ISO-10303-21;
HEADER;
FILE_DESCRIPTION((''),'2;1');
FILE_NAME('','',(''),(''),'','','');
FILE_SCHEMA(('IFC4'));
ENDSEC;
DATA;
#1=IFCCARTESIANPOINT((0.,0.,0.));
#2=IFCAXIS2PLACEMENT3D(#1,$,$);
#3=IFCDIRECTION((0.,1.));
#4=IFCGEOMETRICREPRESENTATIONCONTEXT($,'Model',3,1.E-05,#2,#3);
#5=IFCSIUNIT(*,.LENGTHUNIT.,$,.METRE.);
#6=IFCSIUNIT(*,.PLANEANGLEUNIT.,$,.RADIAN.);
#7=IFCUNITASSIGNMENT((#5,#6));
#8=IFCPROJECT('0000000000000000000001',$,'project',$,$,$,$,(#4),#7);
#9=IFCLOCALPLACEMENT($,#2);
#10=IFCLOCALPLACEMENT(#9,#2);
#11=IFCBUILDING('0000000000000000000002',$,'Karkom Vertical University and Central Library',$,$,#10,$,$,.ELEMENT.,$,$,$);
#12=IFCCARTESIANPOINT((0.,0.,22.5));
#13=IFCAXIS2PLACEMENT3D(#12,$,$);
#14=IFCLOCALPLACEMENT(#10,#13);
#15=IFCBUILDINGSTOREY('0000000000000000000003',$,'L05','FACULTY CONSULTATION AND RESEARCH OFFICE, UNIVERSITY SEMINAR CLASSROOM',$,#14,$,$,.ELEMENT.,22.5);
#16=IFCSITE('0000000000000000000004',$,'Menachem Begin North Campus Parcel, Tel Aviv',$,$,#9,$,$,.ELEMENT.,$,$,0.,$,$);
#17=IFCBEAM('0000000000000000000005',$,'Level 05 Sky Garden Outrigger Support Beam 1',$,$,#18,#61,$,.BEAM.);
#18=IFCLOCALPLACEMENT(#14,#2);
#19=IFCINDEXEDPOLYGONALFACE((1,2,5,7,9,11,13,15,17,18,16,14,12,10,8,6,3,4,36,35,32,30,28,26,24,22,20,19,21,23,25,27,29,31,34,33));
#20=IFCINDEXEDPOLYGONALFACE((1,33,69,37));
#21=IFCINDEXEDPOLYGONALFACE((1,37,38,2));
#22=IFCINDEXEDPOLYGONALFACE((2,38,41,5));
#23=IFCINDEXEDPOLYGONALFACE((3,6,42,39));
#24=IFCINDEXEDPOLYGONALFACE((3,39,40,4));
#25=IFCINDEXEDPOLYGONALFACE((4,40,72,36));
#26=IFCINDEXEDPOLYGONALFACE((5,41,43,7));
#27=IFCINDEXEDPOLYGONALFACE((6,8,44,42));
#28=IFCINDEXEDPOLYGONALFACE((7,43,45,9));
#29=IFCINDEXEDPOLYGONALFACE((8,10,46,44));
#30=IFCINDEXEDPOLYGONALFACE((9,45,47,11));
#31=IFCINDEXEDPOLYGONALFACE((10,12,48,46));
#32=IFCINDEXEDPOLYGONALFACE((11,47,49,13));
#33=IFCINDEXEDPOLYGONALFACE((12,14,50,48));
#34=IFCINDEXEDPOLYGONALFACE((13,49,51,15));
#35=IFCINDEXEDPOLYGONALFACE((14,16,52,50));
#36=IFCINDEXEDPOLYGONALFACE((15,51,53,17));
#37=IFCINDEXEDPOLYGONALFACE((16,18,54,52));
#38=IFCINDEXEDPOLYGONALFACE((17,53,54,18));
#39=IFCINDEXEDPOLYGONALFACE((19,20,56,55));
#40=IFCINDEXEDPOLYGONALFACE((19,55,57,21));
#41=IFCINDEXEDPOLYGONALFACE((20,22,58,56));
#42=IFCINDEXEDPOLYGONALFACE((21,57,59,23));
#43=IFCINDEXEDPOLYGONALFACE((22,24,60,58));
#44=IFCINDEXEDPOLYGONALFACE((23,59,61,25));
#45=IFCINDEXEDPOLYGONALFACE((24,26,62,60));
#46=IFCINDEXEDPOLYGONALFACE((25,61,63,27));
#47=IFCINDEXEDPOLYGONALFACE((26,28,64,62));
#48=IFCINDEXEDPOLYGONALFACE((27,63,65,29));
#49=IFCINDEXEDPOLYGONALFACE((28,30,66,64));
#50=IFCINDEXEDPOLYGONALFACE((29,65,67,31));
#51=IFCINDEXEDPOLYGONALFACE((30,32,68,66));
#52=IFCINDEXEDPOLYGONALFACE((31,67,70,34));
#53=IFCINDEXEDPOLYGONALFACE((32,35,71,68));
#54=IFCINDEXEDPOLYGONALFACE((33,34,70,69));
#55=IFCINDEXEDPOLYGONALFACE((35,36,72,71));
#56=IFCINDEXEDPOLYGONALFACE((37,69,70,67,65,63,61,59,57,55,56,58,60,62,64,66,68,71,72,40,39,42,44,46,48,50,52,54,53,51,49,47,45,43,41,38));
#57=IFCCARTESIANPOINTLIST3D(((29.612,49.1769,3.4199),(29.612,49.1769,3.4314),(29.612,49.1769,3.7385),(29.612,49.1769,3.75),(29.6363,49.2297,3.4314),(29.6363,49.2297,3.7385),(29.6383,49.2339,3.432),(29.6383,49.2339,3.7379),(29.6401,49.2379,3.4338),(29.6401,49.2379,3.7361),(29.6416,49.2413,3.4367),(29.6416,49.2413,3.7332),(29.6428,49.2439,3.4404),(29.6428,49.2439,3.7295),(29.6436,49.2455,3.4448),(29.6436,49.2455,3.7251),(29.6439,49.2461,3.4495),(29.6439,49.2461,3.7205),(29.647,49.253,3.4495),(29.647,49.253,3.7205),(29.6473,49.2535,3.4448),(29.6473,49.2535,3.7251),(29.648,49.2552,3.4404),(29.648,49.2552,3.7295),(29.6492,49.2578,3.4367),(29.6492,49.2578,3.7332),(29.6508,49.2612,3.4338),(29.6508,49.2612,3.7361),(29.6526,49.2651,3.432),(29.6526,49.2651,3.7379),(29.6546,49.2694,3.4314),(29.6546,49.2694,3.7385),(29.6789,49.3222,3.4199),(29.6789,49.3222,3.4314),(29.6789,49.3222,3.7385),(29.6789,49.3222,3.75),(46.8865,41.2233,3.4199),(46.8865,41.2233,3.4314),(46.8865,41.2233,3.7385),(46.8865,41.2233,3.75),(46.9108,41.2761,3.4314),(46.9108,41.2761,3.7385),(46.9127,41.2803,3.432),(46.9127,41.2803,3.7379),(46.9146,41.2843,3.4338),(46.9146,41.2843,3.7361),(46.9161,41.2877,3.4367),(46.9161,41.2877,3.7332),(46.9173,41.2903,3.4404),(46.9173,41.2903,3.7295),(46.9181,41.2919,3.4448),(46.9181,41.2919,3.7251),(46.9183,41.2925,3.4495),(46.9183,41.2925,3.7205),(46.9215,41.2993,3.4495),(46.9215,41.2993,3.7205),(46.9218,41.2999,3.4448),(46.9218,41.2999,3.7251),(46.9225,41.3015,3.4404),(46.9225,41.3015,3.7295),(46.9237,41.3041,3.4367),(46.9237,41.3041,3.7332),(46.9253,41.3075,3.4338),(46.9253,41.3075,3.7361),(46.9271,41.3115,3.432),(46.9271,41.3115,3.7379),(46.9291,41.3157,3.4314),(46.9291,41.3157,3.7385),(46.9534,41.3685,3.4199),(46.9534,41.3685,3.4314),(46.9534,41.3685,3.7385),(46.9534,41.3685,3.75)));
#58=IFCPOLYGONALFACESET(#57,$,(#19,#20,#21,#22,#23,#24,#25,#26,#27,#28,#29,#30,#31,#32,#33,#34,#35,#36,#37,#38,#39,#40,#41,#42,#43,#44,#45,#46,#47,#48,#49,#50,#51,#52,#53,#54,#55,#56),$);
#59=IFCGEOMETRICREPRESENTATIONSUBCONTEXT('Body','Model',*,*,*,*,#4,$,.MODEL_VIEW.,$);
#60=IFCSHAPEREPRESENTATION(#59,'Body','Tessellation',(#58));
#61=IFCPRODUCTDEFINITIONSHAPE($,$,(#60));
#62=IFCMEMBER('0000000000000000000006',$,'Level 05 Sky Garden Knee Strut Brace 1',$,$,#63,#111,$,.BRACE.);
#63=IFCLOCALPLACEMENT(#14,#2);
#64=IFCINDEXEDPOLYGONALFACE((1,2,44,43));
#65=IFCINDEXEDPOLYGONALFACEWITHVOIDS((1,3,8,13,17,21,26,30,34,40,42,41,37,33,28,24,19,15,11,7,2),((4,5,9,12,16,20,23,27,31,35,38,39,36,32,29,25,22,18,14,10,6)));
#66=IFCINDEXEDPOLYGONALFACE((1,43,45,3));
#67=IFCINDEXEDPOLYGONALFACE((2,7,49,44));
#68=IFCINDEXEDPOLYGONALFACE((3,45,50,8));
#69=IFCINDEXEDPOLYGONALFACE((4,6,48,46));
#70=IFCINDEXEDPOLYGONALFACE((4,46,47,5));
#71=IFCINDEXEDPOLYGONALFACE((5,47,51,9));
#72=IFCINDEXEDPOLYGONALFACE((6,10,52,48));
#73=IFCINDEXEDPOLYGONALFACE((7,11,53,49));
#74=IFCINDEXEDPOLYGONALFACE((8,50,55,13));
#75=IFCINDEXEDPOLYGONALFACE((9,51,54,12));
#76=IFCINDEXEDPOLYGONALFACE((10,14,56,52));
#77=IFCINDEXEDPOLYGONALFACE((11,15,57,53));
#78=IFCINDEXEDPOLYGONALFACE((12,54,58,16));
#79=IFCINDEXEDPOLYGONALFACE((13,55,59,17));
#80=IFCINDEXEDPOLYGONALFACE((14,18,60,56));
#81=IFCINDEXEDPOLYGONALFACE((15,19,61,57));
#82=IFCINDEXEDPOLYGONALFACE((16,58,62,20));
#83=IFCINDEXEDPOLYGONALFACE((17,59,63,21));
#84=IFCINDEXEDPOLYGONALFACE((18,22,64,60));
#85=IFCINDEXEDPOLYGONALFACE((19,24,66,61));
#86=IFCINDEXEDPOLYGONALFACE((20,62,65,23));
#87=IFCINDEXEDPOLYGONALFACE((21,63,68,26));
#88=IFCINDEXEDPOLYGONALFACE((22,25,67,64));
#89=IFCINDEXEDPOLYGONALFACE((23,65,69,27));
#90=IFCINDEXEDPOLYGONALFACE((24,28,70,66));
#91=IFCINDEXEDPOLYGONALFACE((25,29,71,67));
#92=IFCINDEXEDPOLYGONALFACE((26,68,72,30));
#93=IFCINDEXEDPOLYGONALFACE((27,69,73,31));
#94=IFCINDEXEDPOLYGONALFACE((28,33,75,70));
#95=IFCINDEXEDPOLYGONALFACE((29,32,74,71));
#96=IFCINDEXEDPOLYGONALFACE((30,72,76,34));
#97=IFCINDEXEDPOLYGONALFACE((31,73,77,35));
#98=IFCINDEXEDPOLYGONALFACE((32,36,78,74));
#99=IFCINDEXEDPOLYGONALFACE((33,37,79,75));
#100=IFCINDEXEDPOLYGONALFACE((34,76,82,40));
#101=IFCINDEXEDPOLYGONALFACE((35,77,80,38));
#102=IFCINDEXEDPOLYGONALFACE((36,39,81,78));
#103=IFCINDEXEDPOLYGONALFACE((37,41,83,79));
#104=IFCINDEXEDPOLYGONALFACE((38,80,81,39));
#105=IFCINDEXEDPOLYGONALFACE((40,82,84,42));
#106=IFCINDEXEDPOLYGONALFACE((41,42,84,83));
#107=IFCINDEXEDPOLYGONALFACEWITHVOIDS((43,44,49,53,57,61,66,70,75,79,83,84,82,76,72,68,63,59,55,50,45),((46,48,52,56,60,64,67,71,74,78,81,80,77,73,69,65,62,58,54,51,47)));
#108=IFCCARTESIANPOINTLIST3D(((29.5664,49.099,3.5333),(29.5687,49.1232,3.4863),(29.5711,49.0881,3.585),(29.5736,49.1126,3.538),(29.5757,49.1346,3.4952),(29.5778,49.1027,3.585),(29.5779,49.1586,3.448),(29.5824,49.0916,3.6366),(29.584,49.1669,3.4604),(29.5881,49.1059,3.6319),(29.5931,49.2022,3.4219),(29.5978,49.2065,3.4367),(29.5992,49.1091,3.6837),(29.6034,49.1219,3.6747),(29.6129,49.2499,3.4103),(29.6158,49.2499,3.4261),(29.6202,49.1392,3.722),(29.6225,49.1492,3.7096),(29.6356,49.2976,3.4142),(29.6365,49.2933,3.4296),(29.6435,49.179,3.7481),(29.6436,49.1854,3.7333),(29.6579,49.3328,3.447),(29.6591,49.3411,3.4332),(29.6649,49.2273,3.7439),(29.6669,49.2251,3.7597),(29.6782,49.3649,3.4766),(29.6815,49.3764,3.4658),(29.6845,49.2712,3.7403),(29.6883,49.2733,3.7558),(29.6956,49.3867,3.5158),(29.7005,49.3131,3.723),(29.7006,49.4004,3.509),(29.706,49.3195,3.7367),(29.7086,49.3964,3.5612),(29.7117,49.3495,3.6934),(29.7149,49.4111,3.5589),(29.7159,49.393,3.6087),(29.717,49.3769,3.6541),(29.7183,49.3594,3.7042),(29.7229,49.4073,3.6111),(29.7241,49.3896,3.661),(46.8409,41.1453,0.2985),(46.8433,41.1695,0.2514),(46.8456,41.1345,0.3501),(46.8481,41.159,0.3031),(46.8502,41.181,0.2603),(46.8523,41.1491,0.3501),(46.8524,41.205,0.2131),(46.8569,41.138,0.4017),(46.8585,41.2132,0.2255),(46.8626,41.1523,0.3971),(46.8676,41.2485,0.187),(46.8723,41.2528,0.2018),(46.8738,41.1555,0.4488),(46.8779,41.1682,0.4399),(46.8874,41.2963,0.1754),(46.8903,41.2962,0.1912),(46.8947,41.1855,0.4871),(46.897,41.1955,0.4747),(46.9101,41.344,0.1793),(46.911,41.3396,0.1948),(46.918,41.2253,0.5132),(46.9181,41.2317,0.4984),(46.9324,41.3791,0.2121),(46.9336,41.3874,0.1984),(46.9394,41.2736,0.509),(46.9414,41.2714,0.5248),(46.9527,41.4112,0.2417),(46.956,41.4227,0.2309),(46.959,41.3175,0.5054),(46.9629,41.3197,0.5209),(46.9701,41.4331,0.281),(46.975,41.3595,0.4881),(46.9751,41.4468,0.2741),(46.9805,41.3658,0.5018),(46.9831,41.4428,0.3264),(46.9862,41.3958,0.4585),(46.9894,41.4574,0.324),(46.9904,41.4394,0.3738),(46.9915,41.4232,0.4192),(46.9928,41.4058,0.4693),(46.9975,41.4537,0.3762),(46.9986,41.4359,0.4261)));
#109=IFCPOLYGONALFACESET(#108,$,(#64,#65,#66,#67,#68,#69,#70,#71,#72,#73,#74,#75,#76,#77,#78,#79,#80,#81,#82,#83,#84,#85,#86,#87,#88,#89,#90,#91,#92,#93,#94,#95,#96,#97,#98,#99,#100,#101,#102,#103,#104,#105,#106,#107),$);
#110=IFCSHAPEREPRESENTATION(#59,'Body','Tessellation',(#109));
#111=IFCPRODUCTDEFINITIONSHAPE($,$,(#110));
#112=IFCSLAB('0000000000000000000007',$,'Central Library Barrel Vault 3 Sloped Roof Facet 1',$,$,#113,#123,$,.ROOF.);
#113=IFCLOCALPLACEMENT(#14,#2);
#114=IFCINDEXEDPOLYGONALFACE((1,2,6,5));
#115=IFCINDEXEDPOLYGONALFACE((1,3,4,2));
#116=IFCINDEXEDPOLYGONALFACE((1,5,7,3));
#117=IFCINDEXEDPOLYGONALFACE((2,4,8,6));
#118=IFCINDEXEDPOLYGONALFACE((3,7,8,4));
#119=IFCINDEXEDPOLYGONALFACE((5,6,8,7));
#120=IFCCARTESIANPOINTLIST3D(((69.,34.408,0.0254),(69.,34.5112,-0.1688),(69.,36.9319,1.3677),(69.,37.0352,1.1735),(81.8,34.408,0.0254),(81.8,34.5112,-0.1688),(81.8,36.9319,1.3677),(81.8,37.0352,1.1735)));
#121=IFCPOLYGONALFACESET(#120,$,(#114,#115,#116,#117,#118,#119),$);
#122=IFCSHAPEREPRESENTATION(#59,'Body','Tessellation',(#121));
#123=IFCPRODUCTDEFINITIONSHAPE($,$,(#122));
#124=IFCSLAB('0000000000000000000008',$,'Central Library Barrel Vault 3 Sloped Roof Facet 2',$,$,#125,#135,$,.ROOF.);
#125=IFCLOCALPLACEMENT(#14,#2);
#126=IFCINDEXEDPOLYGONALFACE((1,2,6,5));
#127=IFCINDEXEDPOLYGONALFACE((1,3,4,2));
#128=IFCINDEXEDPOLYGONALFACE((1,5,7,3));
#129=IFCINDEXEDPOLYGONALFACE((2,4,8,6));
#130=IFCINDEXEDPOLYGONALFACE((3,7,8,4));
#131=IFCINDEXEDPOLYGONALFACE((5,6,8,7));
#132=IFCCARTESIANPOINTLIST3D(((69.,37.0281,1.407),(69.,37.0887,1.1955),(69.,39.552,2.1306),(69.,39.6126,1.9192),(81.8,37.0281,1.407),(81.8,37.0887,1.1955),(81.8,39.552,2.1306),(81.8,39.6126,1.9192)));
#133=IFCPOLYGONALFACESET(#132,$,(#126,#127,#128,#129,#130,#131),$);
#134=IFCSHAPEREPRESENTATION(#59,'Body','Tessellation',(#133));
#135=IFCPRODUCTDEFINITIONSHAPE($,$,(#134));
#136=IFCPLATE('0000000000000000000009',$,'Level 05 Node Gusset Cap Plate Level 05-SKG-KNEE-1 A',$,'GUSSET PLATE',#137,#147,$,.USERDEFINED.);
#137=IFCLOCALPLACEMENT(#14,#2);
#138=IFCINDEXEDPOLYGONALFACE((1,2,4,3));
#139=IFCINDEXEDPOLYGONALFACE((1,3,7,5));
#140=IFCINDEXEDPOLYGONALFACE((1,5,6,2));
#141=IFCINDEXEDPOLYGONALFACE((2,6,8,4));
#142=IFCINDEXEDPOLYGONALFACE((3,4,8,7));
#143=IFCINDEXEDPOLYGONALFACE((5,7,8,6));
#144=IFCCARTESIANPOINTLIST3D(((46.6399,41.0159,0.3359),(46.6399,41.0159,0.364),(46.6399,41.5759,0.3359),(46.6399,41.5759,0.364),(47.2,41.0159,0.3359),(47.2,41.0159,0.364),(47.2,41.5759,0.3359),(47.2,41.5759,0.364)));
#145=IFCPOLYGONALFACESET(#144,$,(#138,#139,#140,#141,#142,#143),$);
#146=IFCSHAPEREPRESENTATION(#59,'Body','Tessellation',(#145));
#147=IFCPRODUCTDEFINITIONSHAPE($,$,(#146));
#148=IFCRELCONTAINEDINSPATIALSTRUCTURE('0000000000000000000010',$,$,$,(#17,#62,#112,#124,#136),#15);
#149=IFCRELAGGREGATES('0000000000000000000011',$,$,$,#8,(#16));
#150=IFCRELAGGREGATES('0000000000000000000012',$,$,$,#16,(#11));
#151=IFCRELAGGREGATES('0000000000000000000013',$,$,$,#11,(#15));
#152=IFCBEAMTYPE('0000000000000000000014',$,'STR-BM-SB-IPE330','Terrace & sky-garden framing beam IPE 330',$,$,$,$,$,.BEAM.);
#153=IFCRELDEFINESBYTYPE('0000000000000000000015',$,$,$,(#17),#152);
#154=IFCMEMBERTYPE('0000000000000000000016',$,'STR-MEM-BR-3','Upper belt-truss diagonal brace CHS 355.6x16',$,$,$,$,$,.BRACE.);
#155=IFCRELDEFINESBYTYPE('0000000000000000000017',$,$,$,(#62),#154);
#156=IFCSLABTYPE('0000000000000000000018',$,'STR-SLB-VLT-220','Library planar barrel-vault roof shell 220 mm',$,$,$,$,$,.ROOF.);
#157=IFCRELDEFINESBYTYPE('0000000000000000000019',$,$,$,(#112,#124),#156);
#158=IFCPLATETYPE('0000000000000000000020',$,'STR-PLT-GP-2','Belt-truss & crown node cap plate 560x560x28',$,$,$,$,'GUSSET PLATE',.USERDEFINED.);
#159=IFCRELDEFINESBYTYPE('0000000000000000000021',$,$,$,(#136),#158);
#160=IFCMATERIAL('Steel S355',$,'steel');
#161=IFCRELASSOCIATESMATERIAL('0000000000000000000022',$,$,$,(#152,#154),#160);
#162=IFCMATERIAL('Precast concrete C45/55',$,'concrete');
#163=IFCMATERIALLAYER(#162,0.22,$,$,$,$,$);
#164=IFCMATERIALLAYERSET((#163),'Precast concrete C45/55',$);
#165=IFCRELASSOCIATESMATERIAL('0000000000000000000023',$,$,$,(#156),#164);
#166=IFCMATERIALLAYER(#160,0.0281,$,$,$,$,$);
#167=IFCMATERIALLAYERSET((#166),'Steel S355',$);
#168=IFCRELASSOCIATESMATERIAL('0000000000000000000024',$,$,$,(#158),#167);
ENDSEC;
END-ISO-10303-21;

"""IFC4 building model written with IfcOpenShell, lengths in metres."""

from ifc_helpers import new_model, si_unit, direction, frame, origin, origin_with_axes, origin_2d, place, context, subcontext, project, spatial, polyline, rectangle, hollow_circle, i_section, outline, extrude, source, transform, mapped, material, layer, layer_set, material_profile, profile_set, type_object, element, save


model = new_model("IFC4")

# Units and contexts
model_context = context("Model", 3, precision=1e-05, world=origin(), true_north=direction((0.0, 1.0)))
body_context = subcontext(model_context, "Body", "Model", "MODEL_VIEW")
ifc_project = project(units=[si_unit("LENGTHUNIT", "METRE"), si_unit("PLANEANGLEUNIT", "RADIAN")], contexts=[model_context])

# Site, building, storey
site_placement = place(None, origin())
site = spatial("IfcSite", under=ifc_project, at=site_placement, Name="Menachem Begin North Campus Parcel, Tel Aviv", CompositionType="ELEMENT", RefElevation=0.0)
building_placement = place(site_placement, origin())
building = spatial("IfcBuilding", under=site, at=building_placement, Name="Karkom Vertical University and Central Library", CompositionType="ELEMENT")
storey_placement = place(building_placement, frame((0.0, 0.0, 22.5)))
storey = spatial("IfcBuildingStorey", under=building, at=storey_placement, Name="L05", Description="FACULTY CONSULTATION AND RESEARCH OFFICE, UNIVERSITY SEMINAR CLASSROOM", CompositionType="ELEMENT", Elevation=22.5)

# Beam
ifc_material_1 = material(Name="Steel S355", Category="steel")
ifc_material_profile_1 = material_profile(ifc_material_1, i_section(OverallWidth=0.1599, OverallDepth=0.3301, WebThickness=0.0076, FlangeThickness=0.0115, FilletRadius=0.0181, at=origin_2d()), Name="IPE 330")
ifc_profile_set_1 = profile_set([ifc_material_profile_1], Name="Steel S355")
beam_type = type_object("IfcBeamType", Name="STR-BM-SB-IPE330", Description="Terrace & sky-garden framing beam IPE 330", PredefinedType="BEAM", material=ifc_profile_set_1)
shared_shape_1 = source(origin_with_axes(), body_context, "Body", "SweptSolid", [
    extrude(i_section(OverallWidth=0.1599, OverallDepth=0.3301, WebThickness=0.0076, FlangeThickness=0.0115, FilletRadius=0.0181, at=origin_2d()), origin(), (0.0, 0.0, 1.0), 19.0176),
])
beam_placement = place(storey_placement, frame((46.9199, 41.2959, 3.585), z_axis=(-0.908343, 0.418226, 0.0), x_axis=(-0.418226, -0.908343, 0.0)))
element("IfcBeam", 1, at=beam_placement, inside=storey, type_object=beam_type, Name="Level 05 Sky Garden Outrigger Support Beam 1", PredefinedType="BEAM", context=body_context, shape_type="MappedRepresentation", body=[
    mapped(shared_shape_1, transform((0.0, 0.0, 0.0), scale=1.0)),
])

# Member
ifc_material_profile_2 = material_profile(ifc_material_1, hollow_circle(Radius=0.1777, WallThickness=0.0161, at=origin_2d()), Name="CHS 355.6x16")
ifc_profile_set_2 = profile_set([ifc_material_profile_2], Name="Steel S355")
member_type = type_object("IfcMemberType", Name="STR-MEM-BR-3", Description="Upper belt-truss diagonal brace CHS 355.6x16", PredefinedType="BRACE", material=ifc_profile_set_2)
shared_shape_2 = source(origin_with_axes(), body_context, "Body", "SweptSolid", [
    extrude(hollow_circle(Radius=0.1777, WallThickness=0.0161, at=origin_2d()), origin(), (0.0, 0.0, 1.0), 19.2908),
])
member_placement = place(storey_placement, frame((46.9199, 41.2959, 0.3501), z_axis=(-0.895481, 0.412304, 0.167691), x_axis=(-0.418226, -0.908343, 0.0)))
element("IfcMember", 2, at=member_placement, inside=storey, type_object=member_type, Name="Level 05 Sky Garden Knee Strut Brace 1", PredefinedType="BRACE", context=body_context, shape_type="MappedRepresentation", body=[
    mapped(shared_shape_2, transform((0.0, 0.0, 0.0), scale=1.0)),
])

# Slabs
ifc_material_2 = material(Name="Precast concrete C45/55", Category="concrete")
ifc_layer_1 = layer(ifc_material_2, 0.22)
ifc_layer_set_1 = layer_set([ifc_layer_1], Name="Precast concrete C45/55")
slab_type = type_object("IfcSlabType", Name="STR-SLB-VLT-220", Description="Library planar barrel-vault roof shell 220 mm", PredefinedType="ROOF", material=ifc_layer_set_1)
slab_1_placement = place(storey_placement, frame((69.0, 34.408, 0.0254), z_axis=(0.0, -0.469551, 0.882906), x_axis=(1.0, 0.0, 0.0)))
element("IfcSlab", 3, at=slab_1_placement, inside=storey, type_object=slab_type, Name="Central Library Barrel Vault 3 Sloped Roof Facet 1", PredefinedType="ROOF", context=body_context, shape_type="SweptSolid", body=[
    extrude(outline(polyline([(0.0, 0.0), (12.8, 0.0), (12.8, 2.8587), (0.0, 2.8587), (0.0, 0.0)])), origin(), (0.0, 0.0, -1.0), 0.22),
])
slab_2_placement = place(storey_placement, frame((69.0, 37.0281, 1.407), z_axis=(0.0, -0.275605, 0.961271), x_axis=(1.0, 0.0, 0.0)))
element("IfcSlab", 4, at=slab_2_placement, inside=storey, type_object=slab_type, Name="Central Library Barrel Vault 3 Sloped Roof Facet 2", PredefinedType="ROOF", context=body_context, shape_type="SweptSolid", body=[
    extrude(outline(polyline([(0.0, 0.0), (12.8, 0.0), (12.8, 2.6256), (0.0, 2.6256), (0.0, 0.0)])), origin(), (0.0, 0.0, -1.0), 0.22),
])

# Plate
ifc_layer_2 = layer(ifc_material_1, 0.0281)
ifc_layer_set_2 = layer_set([ifc_layer_2], Name="Steel S355")
plate_type = type_object("IfcPlateType", Name="STR-PLT-GP-2", Description="Belt-truss & crown node cap plate 560x560x28", ElementType="GUSSET PLATE", PredefinedType="USERDEFINED", material=ifc_layer_set_2)
shared_shape_3 = source(origin_with_axes(), body_context, "Body", "SweptSolid", [
    extrude(rectangle(XDim=0.5601, YDim=0.5601, at=origin_2d()), origin(), (0.0, 0.0, 1.0), 0.0281),
])
plate_placement = place(storey_placement, frame((46.9199, 41.2959, 0.3359), z_axis=(0.0, 0.0, 1.0), x_axis=(1.0, 0.0, 0.0)))
element("IfcPlate", 5, at=plate_placement, inside=storey, type_object=plate_type, Name="Level 05 Node Gusset Cap Plate Level 05-SKG-KNEE-1 A", ObjectType="GUSSET PLATE", PredefinedType="USERDEFINED", context=body_context, shape_type="MappedRepresentation", body=[
    mapped(shared_shape_3, transform((0.0, 0.0, 0.0), scale=1.0)),
])

save(model, "model.ifc")
